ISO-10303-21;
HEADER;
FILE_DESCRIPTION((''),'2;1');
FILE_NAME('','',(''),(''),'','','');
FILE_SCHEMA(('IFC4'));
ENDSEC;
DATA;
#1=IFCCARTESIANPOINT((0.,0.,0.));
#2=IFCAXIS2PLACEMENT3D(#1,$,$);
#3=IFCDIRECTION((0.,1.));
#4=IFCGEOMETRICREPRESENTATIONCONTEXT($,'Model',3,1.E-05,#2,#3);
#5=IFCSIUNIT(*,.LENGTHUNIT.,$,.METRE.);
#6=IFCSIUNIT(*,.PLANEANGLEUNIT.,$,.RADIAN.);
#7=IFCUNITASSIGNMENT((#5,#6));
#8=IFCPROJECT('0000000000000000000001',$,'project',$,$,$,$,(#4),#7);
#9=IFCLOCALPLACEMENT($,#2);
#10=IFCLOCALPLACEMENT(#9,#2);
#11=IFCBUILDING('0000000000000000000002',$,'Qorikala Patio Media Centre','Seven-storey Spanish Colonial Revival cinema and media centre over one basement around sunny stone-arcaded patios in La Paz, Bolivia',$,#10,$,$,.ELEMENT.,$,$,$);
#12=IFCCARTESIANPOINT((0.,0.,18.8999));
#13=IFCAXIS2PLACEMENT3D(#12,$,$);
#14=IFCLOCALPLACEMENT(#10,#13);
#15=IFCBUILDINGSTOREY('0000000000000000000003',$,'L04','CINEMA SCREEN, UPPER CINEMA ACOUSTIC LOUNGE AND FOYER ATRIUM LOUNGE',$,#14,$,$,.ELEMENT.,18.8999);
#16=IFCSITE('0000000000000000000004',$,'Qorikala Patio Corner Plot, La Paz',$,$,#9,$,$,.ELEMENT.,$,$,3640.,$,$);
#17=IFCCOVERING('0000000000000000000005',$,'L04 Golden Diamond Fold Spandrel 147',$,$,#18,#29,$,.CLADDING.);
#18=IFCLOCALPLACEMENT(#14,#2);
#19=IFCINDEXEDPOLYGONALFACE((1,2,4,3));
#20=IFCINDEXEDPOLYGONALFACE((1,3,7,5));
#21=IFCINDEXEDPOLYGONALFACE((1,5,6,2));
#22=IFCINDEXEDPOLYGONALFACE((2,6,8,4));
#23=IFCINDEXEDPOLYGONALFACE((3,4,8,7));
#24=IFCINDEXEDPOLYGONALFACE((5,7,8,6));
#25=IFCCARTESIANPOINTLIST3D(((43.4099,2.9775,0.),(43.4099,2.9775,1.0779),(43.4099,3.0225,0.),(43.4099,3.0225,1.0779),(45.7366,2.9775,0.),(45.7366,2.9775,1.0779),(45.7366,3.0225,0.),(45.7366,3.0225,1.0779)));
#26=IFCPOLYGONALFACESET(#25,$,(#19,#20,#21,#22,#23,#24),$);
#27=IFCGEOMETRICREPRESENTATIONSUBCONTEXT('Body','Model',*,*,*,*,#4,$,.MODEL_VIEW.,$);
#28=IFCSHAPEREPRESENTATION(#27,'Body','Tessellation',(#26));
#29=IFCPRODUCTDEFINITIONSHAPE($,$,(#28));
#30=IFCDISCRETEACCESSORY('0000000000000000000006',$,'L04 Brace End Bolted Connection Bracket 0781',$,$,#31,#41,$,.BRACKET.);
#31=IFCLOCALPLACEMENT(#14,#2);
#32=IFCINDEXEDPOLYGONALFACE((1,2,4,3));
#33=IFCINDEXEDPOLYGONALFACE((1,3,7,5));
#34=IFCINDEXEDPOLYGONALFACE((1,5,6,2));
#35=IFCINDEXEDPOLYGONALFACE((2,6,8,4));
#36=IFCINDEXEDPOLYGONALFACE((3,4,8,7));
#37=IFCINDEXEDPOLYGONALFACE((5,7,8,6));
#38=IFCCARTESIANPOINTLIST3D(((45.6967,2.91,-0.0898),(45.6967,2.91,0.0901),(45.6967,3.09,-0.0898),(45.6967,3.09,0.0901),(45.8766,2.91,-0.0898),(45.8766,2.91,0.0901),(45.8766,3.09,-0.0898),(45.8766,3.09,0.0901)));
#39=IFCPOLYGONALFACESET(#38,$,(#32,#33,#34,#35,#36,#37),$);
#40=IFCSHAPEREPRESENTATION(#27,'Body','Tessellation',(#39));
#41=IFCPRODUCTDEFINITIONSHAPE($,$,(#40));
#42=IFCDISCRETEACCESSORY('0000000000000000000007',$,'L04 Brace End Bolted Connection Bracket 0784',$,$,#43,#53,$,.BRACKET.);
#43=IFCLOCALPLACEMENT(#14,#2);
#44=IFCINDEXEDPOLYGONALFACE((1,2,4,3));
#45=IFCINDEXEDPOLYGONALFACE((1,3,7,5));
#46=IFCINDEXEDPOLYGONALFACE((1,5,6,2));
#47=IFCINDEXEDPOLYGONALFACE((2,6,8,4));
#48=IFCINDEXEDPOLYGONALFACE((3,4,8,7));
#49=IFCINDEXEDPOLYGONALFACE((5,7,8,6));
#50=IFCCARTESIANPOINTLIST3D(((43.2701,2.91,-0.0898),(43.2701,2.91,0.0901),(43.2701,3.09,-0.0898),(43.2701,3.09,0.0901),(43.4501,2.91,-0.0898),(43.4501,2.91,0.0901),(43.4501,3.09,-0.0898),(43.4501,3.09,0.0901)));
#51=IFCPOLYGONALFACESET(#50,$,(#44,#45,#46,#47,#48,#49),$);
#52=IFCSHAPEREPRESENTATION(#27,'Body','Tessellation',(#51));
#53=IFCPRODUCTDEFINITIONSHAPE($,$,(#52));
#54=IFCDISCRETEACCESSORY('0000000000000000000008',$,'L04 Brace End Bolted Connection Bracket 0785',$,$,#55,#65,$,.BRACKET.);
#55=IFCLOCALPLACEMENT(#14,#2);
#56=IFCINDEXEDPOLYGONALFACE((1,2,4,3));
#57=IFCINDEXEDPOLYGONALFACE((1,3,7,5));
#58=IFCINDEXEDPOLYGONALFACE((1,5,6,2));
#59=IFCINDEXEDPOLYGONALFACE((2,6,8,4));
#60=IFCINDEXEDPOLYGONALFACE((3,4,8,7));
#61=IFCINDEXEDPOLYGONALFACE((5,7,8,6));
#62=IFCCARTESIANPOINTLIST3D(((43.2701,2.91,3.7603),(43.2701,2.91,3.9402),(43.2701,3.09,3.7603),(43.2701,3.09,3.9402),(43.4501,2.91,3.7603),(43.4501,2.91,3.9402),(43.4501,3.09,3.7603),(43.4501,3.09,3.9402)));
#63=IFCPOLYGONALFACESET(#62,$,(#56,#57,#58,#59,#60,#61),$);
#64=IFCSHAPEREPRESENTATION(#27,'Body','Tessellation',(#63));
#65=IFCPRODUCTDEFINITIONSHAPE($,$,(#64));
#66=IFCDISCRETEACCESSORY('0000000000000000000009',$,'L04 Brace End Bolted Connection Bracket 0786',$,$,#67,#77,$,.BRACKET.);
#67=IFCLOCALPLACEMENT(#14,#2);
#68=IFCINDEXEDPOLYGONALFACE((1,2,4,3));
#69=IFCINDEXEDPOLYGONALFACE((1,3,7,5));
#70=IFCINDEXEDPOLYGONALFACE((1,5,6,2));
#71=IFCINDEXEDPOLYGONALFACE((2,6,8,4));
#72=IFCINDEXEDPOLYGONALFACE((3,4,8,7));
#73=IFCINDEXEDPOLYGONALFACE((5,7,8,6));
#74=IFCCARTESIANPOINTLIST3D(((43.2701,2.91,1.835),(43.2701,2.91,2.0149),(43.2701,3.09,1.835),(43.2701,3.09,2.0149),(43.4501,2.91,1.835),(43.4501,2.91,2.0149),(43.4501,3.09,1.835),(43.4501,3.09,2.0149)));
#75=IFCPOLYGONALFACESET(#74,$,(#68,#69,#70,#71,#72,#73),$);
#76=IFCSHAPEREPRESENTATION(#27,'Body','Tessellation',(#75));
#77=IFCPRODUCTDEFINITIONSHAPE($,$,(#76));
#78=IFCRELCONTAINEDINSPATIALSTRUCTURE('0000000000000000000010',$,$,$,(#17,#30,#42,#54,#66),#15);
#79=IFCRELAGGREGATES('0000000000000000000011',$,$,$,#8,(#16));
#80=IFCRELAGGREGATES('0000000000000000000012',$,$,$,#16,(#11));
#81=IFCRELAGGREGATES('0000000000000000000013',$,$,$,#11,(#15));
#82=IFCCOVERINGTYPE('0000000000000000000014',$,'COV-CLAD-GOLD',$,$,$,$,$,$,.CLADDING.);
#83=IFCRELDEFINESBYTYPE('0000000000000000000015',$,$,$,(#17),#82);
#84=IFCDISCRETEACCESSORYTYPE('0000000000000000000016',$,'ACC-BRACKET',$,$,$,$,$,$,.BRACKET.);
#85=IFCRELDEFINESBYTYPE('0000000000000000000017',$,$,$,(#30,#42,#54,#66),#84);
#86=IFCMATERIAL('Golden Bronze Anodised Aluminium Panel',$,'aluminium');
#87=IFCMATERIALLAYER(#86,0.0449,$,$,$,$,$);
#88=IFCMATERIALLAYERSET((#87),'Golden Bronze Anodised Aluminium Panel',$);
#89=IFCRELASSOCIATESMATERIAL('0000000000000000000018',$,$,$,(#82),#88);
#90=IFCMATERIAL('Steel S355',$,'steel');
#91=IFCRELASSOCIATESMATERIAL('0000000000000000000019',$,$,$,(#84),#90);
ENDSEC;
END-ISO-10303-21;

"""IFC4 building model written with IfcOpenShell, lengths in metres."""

from ifc_helpers import new_model, si_unit, direction, frame, origin, origin_2d, place, context, subcontext, project, spatial, rectangle, extrude, material, layer, layer_set, type_object, element, save


model = new_model("IFC4")

# Units and contexts
model_context = context("Model", 3, precision=1e-05, world=origin(), true_north=direction((0.0, 1.0)))
body_context = subcontext(model_context, "Body", "Model", "MODEL_VIEW")
ifc_project = project(units=[si_unit("LENGTHUNIT", "METRE"), si_unit("PLANEANGLEUNIT", "RADIAN")], contexts=[model_context])

# Site, building, storey
site_placement = place(None, origin())
site = spatial("IfcSite", under=ifc_project, at=site_placement, Name="Qorikala Patio Corner Plot, La Paz", CompositionType="ELEMENT", RefElevation=3640.0)
building_placement = place(site_placement, origin())
building = spatial("IfcBuilding", under=site, at=building_placement, Name="Qorikala Patio Media Centre", Description="Seven-storey Spanish Colonial Revival cinema and media centre over one basement around sunny stone-arcaded patios in La Paz, Bolivia", CompositionType="ELEMENT")
storey_placement = place(building_placement, frame((0.0, 0.0, 18.8999)))
storey = spatial("IfcBuildingStorey", under=building, at=storey_placement, Name="L04", Description="CINEMA SCREEN, UPPER CINEMA ACOUSTIC LOUNGE AND FOYER ATRIUM LOUNGE", CompositionType="ELEMENT", Elevation=18.8999)

# Covering
ifc_material_1 = material(Name="Golden Bronze Anodised Aluminium Panel", Category="aluminium")
ifc_layer_1 = layer(ifc_material_1, 0.0449)
ifc_layer_set_1 = layer_set([ifc_layer_1], Name="Golden Bronze Anodised Aluminium Panel")
covering_type = type_object("IfcCoveringType", Name="COV-CLAD-GOLD", PredefinedType="CLADDING", material=ifc_layer_set_1)
covering_placement = place(storey_placement, frame((44.5732, 3.0, 0.0), z_axis=(0.0, 0.0, 1.0), x_axis=(-1.0, 0.0, 0.0)))
element("IfcCovering", 1, at=covering_placement, inside=storey, type_object=covering_type, Name="L04 Golden Diamond Fold Spandrel 147", PredefinedType="CLADDING", context=body_context, shape_type="SweptSolid", body=[
    extrude(rectangle(XDim=2.3267, YDim=0.0449, at=origin_2d()), origin(), (0.0, 0.0, 1.0), 1.0779),
])

# Discrete accessories
ifc_material_2 = material(Name="Steel S355", Category="steel")
discrete_accessory_type = type_object("IfcDiscreteAccessoryType", Name="ACC-BRACKET", PredefinedType="BRACKET", material=ifc_material_2)
for number, where, z_axis, x_axis, name in (
    (2, (45.7866, 3.0, -0.0898), (0.0, 0.0, 1.0), (1.0, 0.0, 0.0), "L04 Brace End Bolted Connection Bracket 0781"),
    (3, (43.3601, 3.0, -0.0898), (0.0, 0.0, 1.0), (1.0, 0.0, 0.0), "L04 Brace End Bolted Connection Bracket 0784"),
    (4, (43.3601, 3.0, 3.7603), (0.0, 0.0, 1.0), (1.0, 0.0, 0.0), "L04 Brace End Bolted Connection Bracket 0785"),
    (5, (43.3601, 3.0, 1.835), (0.0, 0.0, 1.0), (1.0, 0.0, 0.0), "L04 Brace End Bolted Connection Bracket 0786"),
):
    element("IfcDiscreteAccessory", number, at=place(storey_placement, frame(where, z_axis=z_axis, x_axis=x_axis)), inside=storey, type_object=discrete_accessory_type, Name=name, PredefinedType="BRACKET", context=body_context, shape_type="SweptSolid", body=[
        extrude(rectangle(XDim=0.1799, YDim=0.1799, at=origin_2d()), origin(), (0.0, 0.0, 1.0), 0.1799),
    ])

save(model, "model.ifc")
